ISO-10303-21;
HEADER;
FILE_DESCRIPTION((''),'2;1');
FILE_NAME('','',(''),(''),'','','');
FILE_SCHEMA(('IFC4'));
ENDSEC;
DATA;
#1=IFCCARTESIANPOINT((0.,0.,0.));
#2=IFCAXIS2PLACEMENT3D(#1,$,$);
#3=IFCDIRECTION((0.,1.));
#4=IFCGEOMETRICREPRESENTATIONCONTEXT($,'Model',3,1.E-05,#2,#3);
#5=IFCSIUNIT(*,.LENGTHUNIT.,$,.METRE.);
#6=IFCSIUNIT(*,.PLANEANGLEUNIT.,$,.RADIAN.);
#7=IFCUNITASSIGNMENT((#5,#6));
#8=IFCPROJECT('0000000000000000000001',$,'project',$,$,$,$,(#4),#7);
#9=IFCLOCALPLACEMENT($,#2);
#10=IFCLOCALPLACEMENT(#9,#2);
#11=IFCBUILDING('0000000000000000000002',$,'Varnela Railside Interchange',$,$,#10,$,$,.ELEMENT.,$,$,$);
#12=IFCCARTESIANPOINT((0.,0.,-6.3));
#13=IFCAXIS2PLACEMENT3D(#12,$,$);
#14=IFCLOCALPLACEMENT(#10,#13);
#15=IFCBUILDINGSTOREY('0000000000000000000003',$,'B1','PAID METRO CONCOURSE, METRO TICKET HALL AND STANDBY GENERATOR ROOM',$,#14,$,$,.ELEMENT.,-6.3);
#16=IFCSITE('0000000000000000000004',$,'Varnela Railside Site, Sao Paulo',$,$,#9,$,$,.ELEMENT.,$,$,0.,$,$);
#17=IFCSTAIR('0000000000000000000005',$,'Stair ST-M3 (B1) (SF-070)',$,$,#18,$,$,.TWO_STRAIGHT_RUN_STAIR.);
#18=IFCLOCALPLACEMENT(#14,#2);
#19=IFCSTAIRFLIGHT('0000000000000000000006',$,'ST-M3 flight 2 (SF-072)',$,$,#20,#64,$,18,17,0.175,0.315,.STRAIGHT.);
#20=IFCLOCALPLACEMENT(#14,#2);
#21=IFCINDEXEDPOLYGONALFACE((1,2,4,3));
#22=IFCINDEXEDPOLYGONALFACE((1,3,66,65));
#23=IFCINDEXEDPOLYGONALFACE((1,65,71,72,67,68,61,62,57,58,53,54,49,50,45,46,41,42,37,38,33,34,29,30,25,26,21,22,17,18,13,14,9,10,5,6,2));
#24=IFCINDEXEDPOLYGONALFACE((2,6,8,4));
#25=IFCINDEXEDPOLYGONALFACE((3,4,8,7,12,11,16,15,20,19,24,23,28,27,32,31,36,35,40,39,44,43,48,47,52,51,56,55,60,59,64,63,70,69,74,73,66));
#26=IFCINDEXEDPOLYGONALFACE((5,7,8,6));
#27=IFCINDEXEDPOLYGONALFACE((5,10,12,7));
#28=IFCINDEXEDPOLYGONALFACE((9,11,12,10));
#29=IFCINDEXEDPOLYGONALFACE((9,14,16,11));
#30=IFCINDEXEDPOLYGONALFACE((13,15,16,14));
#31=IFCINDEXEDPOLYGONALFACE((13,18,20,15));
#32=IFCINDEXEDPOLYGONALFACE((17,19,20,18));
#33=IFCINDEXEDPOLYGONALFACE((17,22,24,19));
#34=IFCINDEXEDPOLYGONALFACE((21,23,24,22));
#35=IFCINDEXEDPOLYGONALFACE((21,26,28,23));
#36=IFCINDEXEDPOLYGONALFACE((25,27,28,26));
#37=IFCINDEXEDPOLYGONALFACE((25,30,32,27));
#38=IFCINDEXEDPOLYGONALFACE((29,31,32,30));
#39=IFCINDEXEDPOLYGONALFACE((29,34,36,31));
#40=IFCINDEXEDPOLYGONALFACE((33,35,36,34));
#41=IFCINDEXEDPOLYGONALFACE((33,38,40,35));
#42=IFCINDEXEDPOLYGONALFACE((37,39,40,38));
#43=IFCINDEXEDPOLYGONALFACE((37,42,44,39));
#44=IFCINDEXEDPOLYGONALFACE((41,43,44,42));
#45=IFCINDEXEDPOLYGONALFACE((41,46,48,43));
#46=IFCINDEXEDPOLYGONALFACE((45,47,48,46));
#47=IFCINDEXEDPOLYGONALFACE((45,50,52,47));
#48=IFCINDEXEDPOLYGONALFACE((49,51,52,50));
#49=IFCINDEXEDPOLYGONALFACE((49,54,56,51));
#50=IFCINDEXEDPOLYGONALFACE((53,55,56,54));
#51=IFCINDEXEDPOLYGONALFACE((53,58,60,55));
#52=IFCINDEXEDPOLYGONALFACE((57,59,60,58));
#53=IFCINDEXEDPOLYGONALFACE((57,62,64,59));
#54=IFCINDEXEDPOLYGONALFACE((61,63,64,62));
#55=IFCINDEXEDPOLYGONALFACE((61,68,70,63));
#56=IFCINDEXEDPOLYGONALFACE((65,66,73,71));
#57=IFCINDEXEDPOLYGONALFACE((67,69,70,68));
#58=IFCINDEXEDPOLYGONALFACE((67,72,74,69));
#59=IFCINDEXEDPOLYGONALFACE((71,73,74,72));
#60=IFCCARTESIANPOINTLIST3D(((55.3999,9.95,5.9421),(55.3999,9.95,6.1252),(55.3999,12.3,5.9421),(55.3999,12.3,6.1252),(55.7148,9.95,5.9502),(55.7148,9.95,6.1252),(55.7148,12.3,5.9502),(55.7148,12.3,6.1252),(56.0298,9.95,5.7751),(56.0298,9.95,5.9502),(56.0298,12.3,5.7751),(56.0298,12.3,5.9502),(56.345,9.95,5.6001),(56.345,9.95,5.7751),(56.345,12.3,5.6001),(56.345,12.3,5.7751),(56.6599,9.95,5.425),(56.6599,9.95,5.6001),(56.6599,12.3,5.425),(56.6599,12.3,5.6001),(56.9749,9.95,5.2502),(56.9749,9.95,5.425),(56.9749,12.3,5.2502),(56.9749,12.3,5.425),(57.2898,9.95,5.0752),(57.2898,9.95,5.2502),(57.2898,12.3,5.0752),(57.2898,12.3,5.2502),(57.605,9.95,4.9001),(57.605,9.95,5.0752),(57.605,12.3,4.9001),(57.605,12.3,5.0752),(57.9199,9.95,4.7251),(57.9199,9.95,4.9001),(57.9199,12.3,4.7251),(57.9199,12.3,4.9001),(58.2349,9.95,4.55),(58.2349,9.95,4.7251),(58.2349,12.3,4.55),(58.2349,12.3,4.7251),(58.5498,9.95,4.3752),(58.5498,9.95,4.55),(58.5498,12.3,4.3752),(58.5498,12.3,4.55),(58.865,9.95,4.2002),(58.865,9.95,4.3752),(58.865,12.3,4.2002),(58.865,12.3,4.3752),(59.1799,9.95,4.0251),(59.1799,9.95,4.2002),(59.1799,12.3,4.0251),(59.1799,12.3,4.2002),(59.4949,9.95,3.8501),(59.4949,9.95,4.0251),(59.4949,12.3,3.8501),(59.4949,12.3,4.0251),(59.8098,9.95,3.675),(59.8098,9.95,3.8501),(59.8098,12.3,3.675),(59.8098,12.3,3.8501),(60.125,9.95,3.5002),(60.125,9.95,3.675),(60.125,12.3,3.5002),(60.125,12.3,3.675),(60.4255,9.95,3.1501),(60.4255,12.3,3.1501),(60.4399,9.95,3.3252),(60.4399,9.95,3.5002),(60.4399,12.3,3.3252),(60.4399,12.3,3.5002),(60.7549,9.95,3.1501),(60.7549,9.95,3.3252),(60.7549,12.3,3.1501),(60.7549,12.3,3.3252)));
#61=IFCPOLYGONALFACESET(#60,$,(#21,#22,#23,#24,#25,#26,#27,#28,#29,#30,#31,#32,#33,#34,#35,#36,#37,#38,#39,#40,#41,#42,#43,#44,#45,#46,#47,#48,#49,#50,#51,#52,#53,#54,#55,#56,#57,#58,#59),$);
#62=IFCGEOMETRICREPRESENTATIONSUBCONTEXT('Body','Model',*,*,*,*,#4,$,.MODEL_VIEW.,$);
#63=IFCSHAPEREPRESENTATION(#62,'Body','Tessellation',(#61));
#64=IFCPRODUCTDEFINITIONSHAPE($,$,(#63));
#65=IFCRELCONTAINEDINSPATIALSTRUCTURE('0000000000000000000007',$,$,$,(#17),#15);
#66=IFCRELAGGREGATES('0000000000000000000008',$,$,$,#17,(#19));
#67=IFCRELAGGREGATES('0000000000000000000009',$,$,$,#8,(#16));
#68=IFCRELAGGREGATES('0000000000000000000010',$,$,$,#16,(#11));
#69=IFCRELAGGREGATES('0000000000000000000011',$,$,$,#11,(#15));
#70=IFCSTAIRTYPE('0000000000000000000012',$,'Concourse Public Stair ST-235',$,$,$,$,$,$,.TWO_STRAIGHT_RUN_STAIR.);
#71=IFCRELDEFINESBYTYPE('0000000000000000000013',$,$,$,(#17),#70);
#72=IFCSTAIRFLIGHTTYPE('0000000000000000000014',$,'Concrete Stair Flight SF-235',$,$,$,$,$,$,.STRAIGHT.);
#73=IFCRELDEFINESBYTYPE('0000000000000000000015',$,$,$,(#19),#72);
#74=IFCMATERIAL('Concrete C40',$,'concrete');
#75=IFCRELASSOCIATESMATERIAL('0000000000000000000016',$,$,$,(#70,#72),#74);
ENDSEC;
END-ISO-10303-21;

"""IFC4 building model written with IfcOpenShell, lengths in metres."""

from ifc_helpers import new_model, si_unit, direction, frame, origin, place, context, subcontext, project, spatial, polyline, outline, extrude, material, type_object, element, aggregate, save


model = new_model("IFC4")

# Units and contexts
model_context = context("Model", 3, precision=1e-05, world=origin(), true_north=direction((0.0, 1.0)))
body_context = subcontext(model_context, "Body", "Model", "MODEL_VIEW")
ifc_project = project(units=[si_unit("LENGTHUNIT", "METRE"), si_unit("PLANEANGLEUNIT", "RADIAN")], contexts=[model_context])

# Site, building, storey
site_placement = place(None, origin())
site = spatial("IfcSite", under=ifc_project, at=site_placement, Name="Varnela Railside Site, Sao Paulo", CompositionType="ELEMENT", RefElevation=0.0)
building_placement = place(site_placement, origin())
building = spatial("IfcBuilding", under=site, at=building_placement, Name="Varnela Railside Interchange", CompositionType="ELEMENT")
storey_placement = place(building_placement, frame((0.0, 0.0, -6.3)))
storey = spatial("IfcBuildingStorey", under=building, at=storey_placement, Name="B1", Description="PAID METRO CONCOURSE, METRO TICKET HALL AND STANDBY GENERATOR ROOM", CompositionType="ELEMENT", Elevation=-6.3)

# Shared definitions
ifc_material_1 = material(Name="Concrete C40", Category="concrete")

# Stair, stair flight
stair_type = type_object("IfcStairType", Name="Concourse Public Stair ST-235", PredefinedType="TWO_STRAIGHT_RUN_STAIR", material=ifc_material_1)
stair_placement = place(storey_placement, origin())
stair = element("IfcStair", 1, at=stair_placement, inside=storey, type_object=stair_type, Name="Stair ST-M3 (B1) (SF-070)", PredefinedType="TWO_STRAIGHT_RUN_STAIR")
stair_flight_type = type_object("IfcStairFlightType", Name="Concrete Stair Flight SF-235", PredefinedType="STRAIGHT", material=ifc_material_1)
stair_flight_placement = place(storey_placement, frame((60.7549, 11.125, 3.1501), z_axis=(0.0, 0.0, 1.0), x_axis=(-1.0, 0.0, 0.0)))
stair_flight = element("IfcStairFlight", 2, at=stair_flight_placement, type_object=stair_flight_type, Name="ST-M3 flight 2 (SF-072)", NumberOfRisers=18, NumberOfTreads=17, PredefinedType="STRAIGHT", RiserHeight=0.175, TreadLength=0.315, context=body_context, shape_type="SweptSolid", body=[
    extrude(outline(polyline([(0.0, 0.0), (0.0, 0.175), (0.3149, 0.175), (0.3149, 0.3501), (0.6299, 0.3501), (0.6299, 0.5249), (0.9451, 0.5249), (0.9451, 0.7), (1.26, 0.7), (1.26, 0.875), (1.575, 0.875), (1.575, 1.05), (1.8899, 1.05), (1.8899, 1.2251), (2.2051, 1.2251), (2.2051, 1.3999), (2.52, 1.3999), (2.52, 1.575), (2.835, 1.575), (2.835, 1.75), (3.1499, 1.75), (3.1499, 1.925), (3.4651, 1.925), (3.4651, 2.1001), (3.78, 2.1001), (3.78, 2.2749), (4.095, 2.2749), (4.095, 2.45), (4.4099, 2.45), (4.4099, 2.625), (4.7251, 2.625), (4.7251, 2.8), (5.04, 2.8), (5.04, 2.9751), (5.355, 2.9751), (5.355, 3.1499), (5.355, 2.792), (0.3293, 0.0), (0.0, 0.0)])), frame((0.0, 1.175, 0.0), z_axis=(0.0, -1.0, 0.0), x_axis=(1.0, 0.0, 0.0)), (0.0, 0.0, 1.0), 2.3501),
])
aggregate(stair, [stair_flight])

save(model, "model.ifc")
